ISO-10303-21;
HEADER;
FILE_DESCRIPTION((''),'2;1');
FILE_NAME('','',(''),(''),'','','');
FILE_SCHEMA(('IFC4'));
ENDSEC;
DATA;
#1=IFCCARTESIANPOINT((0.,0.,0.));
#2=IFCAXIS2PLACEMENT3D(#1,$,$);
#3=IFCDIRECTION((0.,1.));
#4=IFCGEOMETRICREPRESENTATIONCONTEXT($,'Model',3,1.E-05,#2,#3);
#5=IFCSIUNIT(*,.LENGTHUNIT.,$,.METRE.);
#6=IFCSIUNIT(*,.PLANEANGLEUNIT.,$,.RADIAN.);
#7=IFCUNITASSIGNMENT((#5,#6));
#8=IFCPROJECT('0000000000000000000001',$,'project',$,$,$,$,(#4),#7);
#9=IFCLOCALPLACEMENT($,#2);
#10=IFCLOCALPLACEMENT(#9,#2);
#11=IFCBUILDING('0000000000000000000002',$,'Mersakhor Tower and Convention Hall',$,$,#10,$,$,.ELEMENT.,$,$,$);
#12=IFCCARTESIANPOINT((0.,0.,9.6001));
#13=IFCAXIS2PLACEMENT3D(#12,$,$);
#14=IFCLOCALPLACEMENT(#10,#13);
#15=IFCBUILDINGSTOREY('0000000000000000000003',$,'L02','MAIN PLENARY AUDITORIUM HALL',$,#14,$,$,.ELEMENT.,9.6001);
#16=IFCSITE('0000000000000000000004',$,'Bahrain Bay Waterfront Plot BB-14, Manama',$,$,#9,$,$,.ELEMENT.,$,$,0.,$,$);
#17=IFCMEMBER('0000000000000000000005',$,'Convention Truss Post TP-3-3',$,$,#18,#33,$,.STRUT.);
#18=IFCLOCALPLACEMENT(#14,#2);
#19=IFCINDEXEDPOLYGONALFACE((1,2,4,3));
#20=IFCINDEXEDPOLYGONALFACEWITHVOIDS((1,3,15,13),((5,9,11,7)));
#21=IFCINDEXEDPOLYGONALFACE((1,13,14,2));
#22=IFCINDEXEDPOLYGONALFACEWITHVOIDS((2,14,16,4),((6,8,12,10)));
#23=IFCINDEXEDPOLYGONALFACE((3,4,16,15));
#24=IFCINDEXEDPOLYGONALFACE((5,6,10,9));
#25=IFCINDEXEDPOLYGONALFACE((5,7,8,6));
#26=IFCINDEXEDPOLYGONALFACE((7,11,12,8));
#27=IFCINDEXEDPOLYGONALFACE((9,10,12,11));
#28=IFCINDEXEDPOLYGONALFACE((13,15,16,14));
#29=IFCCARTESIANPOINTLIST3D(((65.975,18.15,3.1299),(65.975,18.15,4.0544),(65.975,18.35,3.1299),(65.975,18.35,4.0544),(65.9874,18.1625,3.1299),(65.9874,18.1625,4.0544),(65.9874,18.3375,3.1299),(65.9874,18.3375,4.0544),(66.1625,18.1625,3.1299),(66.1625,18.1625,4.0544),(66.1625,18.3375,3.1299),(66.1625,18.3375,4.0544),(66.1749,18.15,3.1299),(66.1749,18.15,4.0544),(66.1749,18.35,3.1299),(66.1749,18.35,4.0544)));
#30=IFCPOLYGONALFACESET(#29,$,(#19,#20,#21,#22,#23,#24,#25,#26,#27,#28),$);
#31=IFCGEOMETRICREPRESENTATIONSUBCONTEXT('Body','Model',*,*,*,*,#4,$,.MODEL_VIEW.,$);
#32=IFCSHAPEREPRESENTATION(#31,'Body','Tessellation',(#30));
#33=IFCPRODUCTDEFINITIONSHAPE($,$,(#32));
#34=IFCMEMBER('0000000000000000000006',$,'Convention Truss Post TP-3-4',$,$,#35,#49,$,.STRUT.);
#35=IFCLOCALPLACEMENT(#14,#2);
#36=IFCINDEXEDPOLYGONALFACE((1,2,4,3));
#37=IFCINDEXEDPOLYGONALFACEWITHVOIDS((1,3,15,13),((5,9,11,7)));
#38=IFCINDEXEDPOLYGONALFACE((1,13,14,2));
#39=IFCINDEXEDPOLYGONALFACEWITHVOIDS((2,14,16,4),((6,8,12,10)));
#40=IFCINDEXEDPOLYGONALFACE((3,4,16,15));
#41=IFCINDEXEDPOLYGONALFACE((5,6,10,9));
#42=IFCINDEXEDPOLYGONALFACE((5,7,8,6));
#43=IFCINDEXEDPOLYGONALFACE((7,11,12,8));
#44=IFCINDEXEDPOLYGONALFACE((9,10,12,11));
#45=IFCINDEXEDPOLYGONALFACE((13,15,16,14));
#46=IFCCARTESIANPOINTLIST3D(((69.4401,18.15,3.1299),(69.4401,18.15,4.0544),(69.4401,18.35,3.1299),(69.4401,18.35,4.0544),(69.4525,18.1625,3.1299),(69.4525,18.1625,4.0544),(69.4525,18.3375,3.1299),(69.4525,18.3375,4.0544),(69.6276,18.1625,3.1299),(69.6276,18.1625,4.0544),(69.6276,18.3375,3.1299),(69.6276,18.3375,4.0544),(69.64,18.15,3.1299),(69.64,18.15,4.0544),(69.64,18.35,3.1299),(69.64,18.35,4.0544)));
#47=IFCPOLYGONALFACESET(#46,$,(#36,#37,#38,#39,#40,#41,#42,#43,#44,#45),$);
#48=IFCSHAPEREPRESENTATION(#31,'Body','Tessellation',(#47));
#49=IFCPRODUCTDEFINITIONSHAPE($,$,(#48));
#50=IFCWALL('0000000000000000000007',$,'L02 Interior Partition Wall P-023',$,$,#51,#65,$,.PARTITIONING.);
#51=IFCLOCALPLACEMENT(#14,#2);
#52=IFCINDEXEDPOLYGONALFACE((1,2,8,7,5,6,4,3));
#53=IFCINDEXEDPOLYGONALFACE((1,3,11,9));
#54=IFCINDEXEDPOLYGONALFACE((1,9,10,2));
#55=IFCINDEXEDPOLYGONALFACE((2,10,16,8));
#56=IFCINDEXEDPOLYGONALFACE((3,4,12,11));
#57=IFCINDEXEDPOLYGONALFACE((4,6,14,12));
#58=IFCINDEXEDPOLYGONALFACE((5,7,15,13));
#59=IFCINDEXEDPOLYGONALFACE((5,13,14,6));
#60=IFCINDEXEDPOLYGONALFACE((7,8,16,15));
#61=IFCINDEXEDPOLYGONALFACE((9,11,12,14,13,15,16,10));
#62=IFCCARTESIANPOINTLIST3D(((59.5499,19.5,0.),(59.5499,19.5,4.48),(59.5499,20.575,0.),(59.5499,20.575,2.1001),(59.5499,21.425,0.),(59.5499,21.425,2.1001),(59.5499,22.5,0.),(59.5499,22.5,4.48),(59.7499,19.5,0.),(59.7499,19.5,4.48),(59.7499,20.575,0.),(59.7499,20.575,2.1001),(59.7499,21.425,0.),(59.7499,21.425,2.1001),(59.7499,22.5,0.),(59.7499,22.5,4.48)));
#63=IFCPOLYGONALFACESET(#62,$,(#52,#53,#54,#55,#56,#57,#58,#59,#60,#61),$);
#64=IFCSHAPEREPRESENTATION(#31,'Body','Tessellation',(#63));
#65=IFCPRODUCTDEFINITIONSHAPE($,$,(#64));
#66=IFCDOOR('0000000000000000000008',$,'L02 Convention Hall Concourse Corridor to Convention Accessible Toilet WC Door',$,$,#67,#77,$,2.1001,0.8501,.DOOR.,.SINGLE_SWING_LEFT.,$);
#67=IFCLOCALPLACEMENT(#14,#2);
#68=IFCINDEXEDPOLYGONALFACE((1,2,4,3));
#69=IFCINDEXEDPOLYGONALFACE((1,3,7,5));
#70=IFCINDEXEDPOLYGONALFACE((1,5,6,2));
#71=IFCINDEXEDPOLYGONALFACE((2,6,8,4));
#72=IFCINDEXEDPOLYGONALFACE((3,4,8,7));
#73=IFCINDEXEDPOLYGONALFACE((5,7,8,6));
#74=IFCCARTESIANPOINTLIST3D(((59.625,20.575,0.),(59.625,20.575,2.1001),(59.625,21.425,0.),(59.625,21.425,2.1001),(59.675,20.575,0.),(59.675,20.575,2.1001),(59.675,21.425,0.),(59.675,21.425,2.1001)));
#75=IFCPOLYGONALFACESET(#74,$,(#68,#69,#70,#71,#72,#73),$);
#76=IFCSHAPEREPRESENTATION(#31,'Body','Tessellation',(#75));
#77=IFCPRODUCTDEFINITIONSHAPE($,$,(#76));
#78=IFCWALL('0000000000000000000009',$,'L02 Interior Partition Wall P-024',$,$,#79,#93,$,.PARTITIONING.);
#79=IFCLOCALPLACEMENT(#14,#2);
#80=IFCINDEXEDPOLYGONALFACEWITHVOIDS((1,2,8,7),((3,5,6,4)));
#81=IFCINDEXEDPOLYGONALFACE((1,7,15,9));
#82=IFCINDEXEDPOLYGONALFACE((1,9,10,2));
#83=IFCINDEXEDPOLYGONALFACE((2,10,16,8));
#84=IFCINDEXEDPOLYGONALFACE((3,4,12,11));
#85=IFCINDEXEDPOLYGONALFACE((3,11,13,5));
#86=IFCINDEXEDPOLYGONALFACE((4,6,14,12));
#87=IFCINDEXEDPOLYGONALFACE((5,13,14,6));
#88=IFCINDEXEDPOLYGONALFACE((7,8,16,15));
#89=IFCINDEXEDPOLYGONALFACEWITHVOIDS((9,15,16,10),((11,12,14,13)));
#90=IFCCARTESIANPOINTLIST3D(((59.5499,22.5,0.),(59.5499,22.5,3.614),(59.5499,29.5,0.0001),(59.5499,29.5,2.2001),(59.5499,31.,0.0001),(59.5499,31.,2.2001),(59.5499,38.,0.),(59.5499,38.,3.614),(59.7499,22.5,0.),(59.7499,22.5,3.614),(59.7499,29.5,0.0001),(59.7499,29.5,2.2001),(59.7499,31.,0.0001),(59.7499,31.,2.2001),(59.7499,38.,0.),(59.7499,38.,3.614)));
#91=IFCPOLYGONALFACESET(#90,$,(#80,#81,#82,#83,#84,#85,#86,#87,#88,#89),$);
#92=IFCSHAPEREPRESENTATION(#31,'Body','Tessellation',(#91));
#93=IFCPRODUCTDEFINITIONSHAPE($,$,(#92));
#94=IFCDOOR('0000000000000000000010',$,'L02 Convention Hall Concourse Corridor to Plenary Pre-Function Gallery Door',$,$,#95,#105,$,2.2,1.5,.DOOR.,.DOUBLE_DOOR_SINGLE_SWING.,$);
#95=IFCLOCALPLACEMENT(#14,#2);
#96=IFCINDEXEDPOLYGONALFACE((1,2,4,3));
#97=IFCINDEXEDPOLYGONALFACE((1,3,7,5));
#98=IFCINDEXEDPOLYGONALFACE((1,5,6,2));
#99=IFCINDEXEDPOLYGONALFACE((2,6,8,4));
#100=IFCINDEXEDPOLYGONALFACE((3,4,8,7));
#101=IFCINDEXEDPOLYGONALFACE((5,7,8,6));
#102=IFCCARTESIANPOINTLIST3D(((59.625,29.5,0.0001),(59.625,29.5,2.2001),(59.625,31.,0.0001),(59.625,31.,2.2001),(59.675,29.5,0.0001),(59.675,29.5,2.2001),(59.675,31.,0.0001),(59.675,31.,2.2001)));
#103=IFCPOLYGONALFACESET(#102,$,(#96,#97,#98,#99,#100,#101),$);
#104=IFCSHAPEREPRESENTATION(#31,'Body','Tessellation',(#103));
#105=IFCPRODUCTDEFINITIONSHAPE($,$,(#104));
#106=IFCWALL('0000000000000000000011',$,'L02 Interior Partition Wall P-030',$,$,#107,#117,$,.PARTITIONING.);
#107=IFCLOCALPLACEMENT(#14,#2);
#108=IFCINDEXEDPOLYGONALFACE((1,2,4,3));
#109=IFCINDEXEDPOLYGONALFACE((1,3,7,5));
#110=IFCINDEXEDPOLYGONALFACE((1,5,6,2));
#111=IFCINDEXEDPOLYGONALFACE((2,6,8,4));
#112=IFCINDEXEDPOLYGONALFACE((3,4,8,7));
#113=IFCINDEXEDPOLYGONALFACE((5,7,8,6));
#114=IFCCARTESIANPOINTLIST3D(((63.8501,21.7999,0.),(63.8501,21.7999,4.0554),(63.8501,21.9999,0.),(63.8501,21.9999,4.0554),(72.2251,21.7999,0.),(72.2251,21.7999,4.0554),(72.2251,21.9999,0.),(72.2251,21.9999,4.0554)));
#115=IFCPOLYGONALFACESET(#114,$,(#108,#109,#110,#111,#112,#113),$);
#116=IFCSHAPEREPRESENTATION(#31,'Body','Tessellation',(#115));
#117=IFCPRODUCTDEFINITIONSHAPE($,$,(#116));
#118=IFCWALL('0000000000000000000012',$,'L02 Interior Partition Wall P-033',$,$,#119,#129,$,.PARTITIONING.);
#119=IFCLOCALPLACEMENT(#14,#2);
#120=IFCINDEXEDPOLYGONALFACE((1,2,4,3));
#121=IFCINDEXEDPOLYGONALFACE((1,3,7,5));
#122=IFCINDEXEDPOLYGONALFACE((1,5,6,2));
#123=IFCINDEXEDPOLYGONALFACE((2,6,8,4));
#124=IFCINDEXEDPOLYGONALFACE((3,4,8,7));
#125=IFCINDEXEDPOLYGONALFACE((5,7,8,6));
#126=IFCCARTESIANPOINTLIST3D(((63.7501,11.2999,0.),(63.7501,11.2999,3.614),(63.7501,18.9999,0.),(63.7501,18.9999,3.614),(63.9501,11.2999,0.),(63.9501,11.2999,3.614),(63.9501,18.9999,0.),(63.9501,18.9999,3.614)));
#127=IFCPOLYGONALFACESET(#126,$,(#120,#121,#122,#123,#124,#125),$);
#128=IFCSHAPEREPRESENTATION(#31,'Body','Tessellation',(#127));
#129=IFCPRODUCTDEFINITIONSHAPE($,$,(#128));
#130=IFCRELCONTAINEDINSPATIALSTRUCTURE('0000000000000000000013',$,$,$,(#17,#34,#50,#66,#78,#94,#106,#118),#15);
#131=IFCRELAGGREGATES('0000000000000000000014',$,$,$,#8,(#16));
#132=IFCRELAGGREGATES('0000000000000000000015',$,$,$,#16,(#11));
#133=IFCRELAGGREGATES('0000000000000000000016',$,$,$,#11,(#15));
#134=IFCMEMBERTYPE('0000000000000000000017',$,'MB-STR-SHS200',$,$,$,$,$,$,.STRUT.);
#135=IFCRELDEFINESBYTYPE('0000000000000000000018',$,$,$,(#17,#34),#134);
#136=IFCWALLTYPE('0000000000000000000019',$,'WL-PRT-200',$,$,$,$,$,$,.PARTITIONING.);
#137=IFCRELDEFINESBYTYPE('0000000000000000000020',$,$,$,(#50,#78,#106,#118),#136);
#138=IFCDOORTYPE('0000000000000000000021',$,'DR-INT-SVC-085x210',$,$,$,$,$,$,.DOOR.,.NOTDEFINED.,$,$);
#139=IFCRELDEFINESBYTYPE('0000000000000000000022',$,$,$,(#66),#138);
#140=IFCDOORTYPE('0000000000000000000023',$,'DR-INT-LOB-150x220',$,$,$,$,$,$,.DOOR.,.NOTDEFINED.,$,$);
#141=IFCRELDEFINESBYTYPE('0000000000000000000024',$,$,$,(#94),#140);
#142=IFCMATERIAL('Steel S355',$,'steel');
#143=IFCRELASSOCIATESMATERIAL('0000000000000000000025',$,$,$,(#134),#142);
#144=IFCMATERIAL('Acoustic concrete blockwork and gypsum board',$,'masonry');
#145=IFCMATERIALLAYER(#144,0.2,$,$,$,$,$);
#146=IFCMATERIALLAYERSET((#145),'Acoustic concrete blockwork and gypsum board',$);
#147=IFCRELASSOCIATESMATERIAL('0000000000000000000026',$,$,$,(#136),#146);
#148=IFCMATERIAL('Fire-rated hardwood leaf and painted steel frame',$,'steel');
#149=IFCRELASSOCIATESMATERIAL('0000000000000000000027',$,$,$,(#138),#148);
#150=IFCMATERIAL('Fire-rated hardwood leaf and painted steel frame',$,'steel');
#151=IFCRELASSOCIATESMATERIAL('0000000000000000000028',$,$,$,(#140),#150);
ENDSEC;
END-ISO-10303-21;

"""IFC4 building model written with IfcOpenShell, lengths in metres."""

from ifc_helpers import new_model, si_unit, direction, frame, frame_2d, origin, origin_2d, place, context, subcontext, project, spatial, rectangle, hollow_rectangle, extrude, material, layer, layer_set, material_profile, profile_set, type_object, element, fill, save


model = new_model("IFC4")

# Units and contexts
model_context = context("Model", 3, precision=1e-05, world=origin(), true_north=direction((0.0, 1.0)))
body_context = subcontext(model_context, "Body", "Model", "MODEL_VIEW")
ifc_project = project(units=[si_unit("LENGTHUNIT", "METRE"), si_unit("PLANEANGLEUNIT", "RADIAN")], contexts=[model_context])

# Site, building, storey
site_placement = place(None, origin())
site = spatial("IfcSite", under=ifc_project, at=site_placement, Name="Bahrain Bay Waterfront Plot BB-14, Manama", CompositionType="ELEMENT", RefElevation=0.0)
building_placement = place(site_placement, origin())
building = spatial("IfcBuilding", under=site, at=building_placement, Name="Mersakhor Tower and Convention Hall", CompositionType="ELEMENT")
storey_placement = place(building_placement, frame((0.0, 0.0, 9.6001)))
storey = spatial("IfcBuildingStorey", under=building, at=storey_placement, Name="L02", Description="MAIN PLENARY AUDITORIUM HALL", CompositionType="ELEMENT", Elevation=9.6001)

# Members
ifc_material_1 = material(Name="Steel S355", Category="steel")
ifc_material_profile_1 = material_profile(ifc_material_1, hollow_rectangle(XDim=0.2, YDim=0.2, WallThickness=0.0125, at=origin_2d()), Name="SHS 200x200x12.5")
ifc_profile_set_1 = profile_set([ifc_material_profile_1], Name="Steel S355")
member_type_1 = type_object("IfcMemberType", Name="MB-STR-SHS200", PredefinedType="STRUT", material=ifc_profile_set_1)
for number, where, z_axis, x_axis, name in (
    (1, (66.075, 18.25, 3.1299), (0.0, 0.0, 1.0), (1.0, 0.0, 0.0), "Convention Truss Post TP-3-3"),
    (2, (69.54, 18.25, 3.1299), (0.0, 0.0, 1.0), (1.0, 0.0, 0.0), "Convention Truss Post TP-3-4"),
):
    element("IfcMember", number, at=place(storey_placement, frame(where, z_axis=z_axis, x_axis=x_axis)), inside=storey, type_object=member_type_1, Name=name, PredefinedType="STRUT", context=body_context, shape_type="SweptSolid", body=[
        extrude(hollow_rectangle(XDim=0.2, YDim=0.2, WallThickness=0.0125, at=origin_2d()), origin(), (0.0, 0.0, 1.0), 0.9246),
    ])

# Walls, openings, doors
ifc_material_2 = material(Name="Acoustic concrete blockwork and gypsum board", Category="masonry")
ifc_layer = layer(ifc_material_2, 0.2)
ifc_layer_set = layer_set([ifc_layer], Name="Acoustic concrete blockwork and gypsum board")
wall_type = type_object("IfcWallType", Name="WL-PRT-200", PredefinedType="PARTITIONING", material=ifc_layer_set)
wall_1_placement = place(storey_placement, frame((59.6499, 19.5, 0.0), z_axis=(0.0, 0.0, 1.0), x_axis=(0.0, 1.0, 0.0)))
wall_1 = element("IfcWall", 3, at=wall_1_placement, inside=storey, type_object=wall_type, Name="L02 Interior Partition Wall P-023", PredefinedType="PARTITIONING", context=body_context, shape_type="SweptSolid", body=[
    extrude(rectangle(XDim=3.0, YDim=0.2, at=frame_2d((1.5, 0.0))), origin(), (0.0, 0.0, 1.0), 4.48),
])
opening_1_placement = place(wall_1_placement, frame((1.075, 0.0, 0.0)))
opening_1 = element("IfcOpeningElement", 4, at=opening_1_placement, cuts=wall_1, PredefinedType="OPENING", context=body_context, shape_type="SweptSolid", body=[
    extrude(rectangle(XDim=0.8501, YDim=2.1001, at=frame_2d((0.425, 1.05))), frame((0.0, 0.1099, 0.0), z_axis=(0.0, -1.0, 0.0), x_axis=(1.0, 0.0, 0.0)), (0.0, 0.0, 1.0), 0.22),
])
ifc_material_3 = material(Name="Fire-rated hardwood leaf and painted steel frame", Category="steel")
door_type_1 = type_object("IfcDoorType", Name="DR-INT-SVC-085x210", OperationType="NOTDEFINED", PredefinedType="DOOR", material=ifc_material_3)
door_1_placement = place(opening_1_placement, origin())
door_1 = element("IfcDoor", 5, at=door_1_placement, inside=storey, type_object=door_type_1, Name="L02 Convention Hall Concourse Corridor to Convention Accessible Toilet WC Door", OperationType="SINGLE_SWING_LEFT", OverallHeight=2.1001, OverallWidth=0.8501, PredefinedType="DOOR", context=body_context, shape_type="SweptSolid", body=[
    extrude(rectangle(XDim=0.8501, YDim=2.1001, at=frame_2d((0.425, 1.05))), frame((0.0, 0.0249, 0.0), z_axis=(0.0, -1.0, 0.0), x_axis=(1.0, 0.0, 0.0)), (0.0, 0.0, 1.0), 0.05),
])
fill(opening_1, door_1)
wall_2_placement = place(storey_placement, frame((59.6499, 22.5, 0.0), z_axis=(0.0, 0.0, 1.0), x_axis=(0.0, 1.0, 0.0)))
wall_2 = element("IfcWall", 6, at=wall_2_placement, inside=storey, type_object=wall_type, Name="L02 Interior Partition Wall P-024", PredefinedType="PARTITIONING", context=body_context, shape_type="SweptSolid", body=[
    extrude(rectangle(XDim=15.5, YDim=0.2, at=frame_2d((7.75, 0.0))), origin(), (0.0, 0.0, 1.0), 3.614),
])
opening_2_placement = place(wall_2_placement, frame((7.0, 0.0, 0.0)))
opening_2 = element("IfcOpeningElement", 7, at=opening_2_placement, cuts=wall_2, PredefinedType="OPENING", context=body_context, shape_type="SweptSolid", body=[
    extrude(rectangle(XDim=1.5, YDim=2.2, at=frame_2d((0.75, 1.1001))), frame((0.0, 0.1099, 0.0), z_axis=(0.0, -1.0, 0.0), x_axis=(1.0, 0.0, 0.0)), (0.0, 0.0, 1.0), 0.22),
])
ifc_material_4 = material(Name="Fire-rated hardwood leaf and painted steel frame", Category="steel")
door_type_2 = type_object("IfcDoorType", Name="DR-INT-LOB-150x220", OperationType="NOTDEFINED", PredefinedType="DOOR", material=ifc_material_4)
door_2_placement = place(opening_2_placement, origin())
door_2 = element("IfcDoor", 8, at=door_2_placement, inside=storey, type_object=door_type_2, Name="L02 Convention Hall Concourse Corridor to Plenary Pre-Function Gallery Door", OperationType="DOUBLE_DOOR_SINGLE_SWING", OverallHeight=2.2, OverallWidth=1.5, PredefinedType="DOOR", context=body_context, shape_type="SweptSolid", body=[
    extrude(rectangle(XDim=1.5, YDim=2.2, at=frame_2d((0.75, 1.1001))), frame((0.0, 0.0249, 0.0), z_axis=(0.0, -1.0, 0.0), x_axis=(1.0, 0.0, 0.0)), (0.0, 0.0, 1.0), 0.05),
])
fill(opening_2, door_2)

# Walls
wall_3_placement = place(storey_placement, frame((63.8501, 21.8999, 0.0), z_axis=(0.0, 0.0, 1.0), x_axis=(1.0, 0.0, 0.0)))
element("IfcWall", 9, at=wall_3_placement, inside=storey, type_object=wall_type, Name="L02 Interior Partition Wall P-030", PredefinedType="PARTITIONING", context=body_context, shape_type="SweptSolid", body=[
    extrude(rectangle(XDim=8.375, YDim=0.2, at=frame_2d((4.1875, 0.0))), origin(), (0.0, 0.0, 1.0), 4.0554),
])
wall_4_placement = place(storey_placement, frame((63.8501, 19.0, 0.0), z_axis=(0.0, 0.0, 1.0), x_axis=(0.0, -1.0, 0.0)))
element("IfcWall", 10, at=wall_4_placement, inside=storey, type_object=wall_type, Name="L02 Interior Partition Wall P-033", PredefinedType="PARTITIONING", context=body_context, shape_type="SweptSolid", body=[
    extrude(rectangle(XDim=7.7, YDim=0.2, at=frame_2d((3.8501, 0.0))), origin(), (0.0, 0.0, 1.0), 3.614),
])

save(model, "model.ifc")
